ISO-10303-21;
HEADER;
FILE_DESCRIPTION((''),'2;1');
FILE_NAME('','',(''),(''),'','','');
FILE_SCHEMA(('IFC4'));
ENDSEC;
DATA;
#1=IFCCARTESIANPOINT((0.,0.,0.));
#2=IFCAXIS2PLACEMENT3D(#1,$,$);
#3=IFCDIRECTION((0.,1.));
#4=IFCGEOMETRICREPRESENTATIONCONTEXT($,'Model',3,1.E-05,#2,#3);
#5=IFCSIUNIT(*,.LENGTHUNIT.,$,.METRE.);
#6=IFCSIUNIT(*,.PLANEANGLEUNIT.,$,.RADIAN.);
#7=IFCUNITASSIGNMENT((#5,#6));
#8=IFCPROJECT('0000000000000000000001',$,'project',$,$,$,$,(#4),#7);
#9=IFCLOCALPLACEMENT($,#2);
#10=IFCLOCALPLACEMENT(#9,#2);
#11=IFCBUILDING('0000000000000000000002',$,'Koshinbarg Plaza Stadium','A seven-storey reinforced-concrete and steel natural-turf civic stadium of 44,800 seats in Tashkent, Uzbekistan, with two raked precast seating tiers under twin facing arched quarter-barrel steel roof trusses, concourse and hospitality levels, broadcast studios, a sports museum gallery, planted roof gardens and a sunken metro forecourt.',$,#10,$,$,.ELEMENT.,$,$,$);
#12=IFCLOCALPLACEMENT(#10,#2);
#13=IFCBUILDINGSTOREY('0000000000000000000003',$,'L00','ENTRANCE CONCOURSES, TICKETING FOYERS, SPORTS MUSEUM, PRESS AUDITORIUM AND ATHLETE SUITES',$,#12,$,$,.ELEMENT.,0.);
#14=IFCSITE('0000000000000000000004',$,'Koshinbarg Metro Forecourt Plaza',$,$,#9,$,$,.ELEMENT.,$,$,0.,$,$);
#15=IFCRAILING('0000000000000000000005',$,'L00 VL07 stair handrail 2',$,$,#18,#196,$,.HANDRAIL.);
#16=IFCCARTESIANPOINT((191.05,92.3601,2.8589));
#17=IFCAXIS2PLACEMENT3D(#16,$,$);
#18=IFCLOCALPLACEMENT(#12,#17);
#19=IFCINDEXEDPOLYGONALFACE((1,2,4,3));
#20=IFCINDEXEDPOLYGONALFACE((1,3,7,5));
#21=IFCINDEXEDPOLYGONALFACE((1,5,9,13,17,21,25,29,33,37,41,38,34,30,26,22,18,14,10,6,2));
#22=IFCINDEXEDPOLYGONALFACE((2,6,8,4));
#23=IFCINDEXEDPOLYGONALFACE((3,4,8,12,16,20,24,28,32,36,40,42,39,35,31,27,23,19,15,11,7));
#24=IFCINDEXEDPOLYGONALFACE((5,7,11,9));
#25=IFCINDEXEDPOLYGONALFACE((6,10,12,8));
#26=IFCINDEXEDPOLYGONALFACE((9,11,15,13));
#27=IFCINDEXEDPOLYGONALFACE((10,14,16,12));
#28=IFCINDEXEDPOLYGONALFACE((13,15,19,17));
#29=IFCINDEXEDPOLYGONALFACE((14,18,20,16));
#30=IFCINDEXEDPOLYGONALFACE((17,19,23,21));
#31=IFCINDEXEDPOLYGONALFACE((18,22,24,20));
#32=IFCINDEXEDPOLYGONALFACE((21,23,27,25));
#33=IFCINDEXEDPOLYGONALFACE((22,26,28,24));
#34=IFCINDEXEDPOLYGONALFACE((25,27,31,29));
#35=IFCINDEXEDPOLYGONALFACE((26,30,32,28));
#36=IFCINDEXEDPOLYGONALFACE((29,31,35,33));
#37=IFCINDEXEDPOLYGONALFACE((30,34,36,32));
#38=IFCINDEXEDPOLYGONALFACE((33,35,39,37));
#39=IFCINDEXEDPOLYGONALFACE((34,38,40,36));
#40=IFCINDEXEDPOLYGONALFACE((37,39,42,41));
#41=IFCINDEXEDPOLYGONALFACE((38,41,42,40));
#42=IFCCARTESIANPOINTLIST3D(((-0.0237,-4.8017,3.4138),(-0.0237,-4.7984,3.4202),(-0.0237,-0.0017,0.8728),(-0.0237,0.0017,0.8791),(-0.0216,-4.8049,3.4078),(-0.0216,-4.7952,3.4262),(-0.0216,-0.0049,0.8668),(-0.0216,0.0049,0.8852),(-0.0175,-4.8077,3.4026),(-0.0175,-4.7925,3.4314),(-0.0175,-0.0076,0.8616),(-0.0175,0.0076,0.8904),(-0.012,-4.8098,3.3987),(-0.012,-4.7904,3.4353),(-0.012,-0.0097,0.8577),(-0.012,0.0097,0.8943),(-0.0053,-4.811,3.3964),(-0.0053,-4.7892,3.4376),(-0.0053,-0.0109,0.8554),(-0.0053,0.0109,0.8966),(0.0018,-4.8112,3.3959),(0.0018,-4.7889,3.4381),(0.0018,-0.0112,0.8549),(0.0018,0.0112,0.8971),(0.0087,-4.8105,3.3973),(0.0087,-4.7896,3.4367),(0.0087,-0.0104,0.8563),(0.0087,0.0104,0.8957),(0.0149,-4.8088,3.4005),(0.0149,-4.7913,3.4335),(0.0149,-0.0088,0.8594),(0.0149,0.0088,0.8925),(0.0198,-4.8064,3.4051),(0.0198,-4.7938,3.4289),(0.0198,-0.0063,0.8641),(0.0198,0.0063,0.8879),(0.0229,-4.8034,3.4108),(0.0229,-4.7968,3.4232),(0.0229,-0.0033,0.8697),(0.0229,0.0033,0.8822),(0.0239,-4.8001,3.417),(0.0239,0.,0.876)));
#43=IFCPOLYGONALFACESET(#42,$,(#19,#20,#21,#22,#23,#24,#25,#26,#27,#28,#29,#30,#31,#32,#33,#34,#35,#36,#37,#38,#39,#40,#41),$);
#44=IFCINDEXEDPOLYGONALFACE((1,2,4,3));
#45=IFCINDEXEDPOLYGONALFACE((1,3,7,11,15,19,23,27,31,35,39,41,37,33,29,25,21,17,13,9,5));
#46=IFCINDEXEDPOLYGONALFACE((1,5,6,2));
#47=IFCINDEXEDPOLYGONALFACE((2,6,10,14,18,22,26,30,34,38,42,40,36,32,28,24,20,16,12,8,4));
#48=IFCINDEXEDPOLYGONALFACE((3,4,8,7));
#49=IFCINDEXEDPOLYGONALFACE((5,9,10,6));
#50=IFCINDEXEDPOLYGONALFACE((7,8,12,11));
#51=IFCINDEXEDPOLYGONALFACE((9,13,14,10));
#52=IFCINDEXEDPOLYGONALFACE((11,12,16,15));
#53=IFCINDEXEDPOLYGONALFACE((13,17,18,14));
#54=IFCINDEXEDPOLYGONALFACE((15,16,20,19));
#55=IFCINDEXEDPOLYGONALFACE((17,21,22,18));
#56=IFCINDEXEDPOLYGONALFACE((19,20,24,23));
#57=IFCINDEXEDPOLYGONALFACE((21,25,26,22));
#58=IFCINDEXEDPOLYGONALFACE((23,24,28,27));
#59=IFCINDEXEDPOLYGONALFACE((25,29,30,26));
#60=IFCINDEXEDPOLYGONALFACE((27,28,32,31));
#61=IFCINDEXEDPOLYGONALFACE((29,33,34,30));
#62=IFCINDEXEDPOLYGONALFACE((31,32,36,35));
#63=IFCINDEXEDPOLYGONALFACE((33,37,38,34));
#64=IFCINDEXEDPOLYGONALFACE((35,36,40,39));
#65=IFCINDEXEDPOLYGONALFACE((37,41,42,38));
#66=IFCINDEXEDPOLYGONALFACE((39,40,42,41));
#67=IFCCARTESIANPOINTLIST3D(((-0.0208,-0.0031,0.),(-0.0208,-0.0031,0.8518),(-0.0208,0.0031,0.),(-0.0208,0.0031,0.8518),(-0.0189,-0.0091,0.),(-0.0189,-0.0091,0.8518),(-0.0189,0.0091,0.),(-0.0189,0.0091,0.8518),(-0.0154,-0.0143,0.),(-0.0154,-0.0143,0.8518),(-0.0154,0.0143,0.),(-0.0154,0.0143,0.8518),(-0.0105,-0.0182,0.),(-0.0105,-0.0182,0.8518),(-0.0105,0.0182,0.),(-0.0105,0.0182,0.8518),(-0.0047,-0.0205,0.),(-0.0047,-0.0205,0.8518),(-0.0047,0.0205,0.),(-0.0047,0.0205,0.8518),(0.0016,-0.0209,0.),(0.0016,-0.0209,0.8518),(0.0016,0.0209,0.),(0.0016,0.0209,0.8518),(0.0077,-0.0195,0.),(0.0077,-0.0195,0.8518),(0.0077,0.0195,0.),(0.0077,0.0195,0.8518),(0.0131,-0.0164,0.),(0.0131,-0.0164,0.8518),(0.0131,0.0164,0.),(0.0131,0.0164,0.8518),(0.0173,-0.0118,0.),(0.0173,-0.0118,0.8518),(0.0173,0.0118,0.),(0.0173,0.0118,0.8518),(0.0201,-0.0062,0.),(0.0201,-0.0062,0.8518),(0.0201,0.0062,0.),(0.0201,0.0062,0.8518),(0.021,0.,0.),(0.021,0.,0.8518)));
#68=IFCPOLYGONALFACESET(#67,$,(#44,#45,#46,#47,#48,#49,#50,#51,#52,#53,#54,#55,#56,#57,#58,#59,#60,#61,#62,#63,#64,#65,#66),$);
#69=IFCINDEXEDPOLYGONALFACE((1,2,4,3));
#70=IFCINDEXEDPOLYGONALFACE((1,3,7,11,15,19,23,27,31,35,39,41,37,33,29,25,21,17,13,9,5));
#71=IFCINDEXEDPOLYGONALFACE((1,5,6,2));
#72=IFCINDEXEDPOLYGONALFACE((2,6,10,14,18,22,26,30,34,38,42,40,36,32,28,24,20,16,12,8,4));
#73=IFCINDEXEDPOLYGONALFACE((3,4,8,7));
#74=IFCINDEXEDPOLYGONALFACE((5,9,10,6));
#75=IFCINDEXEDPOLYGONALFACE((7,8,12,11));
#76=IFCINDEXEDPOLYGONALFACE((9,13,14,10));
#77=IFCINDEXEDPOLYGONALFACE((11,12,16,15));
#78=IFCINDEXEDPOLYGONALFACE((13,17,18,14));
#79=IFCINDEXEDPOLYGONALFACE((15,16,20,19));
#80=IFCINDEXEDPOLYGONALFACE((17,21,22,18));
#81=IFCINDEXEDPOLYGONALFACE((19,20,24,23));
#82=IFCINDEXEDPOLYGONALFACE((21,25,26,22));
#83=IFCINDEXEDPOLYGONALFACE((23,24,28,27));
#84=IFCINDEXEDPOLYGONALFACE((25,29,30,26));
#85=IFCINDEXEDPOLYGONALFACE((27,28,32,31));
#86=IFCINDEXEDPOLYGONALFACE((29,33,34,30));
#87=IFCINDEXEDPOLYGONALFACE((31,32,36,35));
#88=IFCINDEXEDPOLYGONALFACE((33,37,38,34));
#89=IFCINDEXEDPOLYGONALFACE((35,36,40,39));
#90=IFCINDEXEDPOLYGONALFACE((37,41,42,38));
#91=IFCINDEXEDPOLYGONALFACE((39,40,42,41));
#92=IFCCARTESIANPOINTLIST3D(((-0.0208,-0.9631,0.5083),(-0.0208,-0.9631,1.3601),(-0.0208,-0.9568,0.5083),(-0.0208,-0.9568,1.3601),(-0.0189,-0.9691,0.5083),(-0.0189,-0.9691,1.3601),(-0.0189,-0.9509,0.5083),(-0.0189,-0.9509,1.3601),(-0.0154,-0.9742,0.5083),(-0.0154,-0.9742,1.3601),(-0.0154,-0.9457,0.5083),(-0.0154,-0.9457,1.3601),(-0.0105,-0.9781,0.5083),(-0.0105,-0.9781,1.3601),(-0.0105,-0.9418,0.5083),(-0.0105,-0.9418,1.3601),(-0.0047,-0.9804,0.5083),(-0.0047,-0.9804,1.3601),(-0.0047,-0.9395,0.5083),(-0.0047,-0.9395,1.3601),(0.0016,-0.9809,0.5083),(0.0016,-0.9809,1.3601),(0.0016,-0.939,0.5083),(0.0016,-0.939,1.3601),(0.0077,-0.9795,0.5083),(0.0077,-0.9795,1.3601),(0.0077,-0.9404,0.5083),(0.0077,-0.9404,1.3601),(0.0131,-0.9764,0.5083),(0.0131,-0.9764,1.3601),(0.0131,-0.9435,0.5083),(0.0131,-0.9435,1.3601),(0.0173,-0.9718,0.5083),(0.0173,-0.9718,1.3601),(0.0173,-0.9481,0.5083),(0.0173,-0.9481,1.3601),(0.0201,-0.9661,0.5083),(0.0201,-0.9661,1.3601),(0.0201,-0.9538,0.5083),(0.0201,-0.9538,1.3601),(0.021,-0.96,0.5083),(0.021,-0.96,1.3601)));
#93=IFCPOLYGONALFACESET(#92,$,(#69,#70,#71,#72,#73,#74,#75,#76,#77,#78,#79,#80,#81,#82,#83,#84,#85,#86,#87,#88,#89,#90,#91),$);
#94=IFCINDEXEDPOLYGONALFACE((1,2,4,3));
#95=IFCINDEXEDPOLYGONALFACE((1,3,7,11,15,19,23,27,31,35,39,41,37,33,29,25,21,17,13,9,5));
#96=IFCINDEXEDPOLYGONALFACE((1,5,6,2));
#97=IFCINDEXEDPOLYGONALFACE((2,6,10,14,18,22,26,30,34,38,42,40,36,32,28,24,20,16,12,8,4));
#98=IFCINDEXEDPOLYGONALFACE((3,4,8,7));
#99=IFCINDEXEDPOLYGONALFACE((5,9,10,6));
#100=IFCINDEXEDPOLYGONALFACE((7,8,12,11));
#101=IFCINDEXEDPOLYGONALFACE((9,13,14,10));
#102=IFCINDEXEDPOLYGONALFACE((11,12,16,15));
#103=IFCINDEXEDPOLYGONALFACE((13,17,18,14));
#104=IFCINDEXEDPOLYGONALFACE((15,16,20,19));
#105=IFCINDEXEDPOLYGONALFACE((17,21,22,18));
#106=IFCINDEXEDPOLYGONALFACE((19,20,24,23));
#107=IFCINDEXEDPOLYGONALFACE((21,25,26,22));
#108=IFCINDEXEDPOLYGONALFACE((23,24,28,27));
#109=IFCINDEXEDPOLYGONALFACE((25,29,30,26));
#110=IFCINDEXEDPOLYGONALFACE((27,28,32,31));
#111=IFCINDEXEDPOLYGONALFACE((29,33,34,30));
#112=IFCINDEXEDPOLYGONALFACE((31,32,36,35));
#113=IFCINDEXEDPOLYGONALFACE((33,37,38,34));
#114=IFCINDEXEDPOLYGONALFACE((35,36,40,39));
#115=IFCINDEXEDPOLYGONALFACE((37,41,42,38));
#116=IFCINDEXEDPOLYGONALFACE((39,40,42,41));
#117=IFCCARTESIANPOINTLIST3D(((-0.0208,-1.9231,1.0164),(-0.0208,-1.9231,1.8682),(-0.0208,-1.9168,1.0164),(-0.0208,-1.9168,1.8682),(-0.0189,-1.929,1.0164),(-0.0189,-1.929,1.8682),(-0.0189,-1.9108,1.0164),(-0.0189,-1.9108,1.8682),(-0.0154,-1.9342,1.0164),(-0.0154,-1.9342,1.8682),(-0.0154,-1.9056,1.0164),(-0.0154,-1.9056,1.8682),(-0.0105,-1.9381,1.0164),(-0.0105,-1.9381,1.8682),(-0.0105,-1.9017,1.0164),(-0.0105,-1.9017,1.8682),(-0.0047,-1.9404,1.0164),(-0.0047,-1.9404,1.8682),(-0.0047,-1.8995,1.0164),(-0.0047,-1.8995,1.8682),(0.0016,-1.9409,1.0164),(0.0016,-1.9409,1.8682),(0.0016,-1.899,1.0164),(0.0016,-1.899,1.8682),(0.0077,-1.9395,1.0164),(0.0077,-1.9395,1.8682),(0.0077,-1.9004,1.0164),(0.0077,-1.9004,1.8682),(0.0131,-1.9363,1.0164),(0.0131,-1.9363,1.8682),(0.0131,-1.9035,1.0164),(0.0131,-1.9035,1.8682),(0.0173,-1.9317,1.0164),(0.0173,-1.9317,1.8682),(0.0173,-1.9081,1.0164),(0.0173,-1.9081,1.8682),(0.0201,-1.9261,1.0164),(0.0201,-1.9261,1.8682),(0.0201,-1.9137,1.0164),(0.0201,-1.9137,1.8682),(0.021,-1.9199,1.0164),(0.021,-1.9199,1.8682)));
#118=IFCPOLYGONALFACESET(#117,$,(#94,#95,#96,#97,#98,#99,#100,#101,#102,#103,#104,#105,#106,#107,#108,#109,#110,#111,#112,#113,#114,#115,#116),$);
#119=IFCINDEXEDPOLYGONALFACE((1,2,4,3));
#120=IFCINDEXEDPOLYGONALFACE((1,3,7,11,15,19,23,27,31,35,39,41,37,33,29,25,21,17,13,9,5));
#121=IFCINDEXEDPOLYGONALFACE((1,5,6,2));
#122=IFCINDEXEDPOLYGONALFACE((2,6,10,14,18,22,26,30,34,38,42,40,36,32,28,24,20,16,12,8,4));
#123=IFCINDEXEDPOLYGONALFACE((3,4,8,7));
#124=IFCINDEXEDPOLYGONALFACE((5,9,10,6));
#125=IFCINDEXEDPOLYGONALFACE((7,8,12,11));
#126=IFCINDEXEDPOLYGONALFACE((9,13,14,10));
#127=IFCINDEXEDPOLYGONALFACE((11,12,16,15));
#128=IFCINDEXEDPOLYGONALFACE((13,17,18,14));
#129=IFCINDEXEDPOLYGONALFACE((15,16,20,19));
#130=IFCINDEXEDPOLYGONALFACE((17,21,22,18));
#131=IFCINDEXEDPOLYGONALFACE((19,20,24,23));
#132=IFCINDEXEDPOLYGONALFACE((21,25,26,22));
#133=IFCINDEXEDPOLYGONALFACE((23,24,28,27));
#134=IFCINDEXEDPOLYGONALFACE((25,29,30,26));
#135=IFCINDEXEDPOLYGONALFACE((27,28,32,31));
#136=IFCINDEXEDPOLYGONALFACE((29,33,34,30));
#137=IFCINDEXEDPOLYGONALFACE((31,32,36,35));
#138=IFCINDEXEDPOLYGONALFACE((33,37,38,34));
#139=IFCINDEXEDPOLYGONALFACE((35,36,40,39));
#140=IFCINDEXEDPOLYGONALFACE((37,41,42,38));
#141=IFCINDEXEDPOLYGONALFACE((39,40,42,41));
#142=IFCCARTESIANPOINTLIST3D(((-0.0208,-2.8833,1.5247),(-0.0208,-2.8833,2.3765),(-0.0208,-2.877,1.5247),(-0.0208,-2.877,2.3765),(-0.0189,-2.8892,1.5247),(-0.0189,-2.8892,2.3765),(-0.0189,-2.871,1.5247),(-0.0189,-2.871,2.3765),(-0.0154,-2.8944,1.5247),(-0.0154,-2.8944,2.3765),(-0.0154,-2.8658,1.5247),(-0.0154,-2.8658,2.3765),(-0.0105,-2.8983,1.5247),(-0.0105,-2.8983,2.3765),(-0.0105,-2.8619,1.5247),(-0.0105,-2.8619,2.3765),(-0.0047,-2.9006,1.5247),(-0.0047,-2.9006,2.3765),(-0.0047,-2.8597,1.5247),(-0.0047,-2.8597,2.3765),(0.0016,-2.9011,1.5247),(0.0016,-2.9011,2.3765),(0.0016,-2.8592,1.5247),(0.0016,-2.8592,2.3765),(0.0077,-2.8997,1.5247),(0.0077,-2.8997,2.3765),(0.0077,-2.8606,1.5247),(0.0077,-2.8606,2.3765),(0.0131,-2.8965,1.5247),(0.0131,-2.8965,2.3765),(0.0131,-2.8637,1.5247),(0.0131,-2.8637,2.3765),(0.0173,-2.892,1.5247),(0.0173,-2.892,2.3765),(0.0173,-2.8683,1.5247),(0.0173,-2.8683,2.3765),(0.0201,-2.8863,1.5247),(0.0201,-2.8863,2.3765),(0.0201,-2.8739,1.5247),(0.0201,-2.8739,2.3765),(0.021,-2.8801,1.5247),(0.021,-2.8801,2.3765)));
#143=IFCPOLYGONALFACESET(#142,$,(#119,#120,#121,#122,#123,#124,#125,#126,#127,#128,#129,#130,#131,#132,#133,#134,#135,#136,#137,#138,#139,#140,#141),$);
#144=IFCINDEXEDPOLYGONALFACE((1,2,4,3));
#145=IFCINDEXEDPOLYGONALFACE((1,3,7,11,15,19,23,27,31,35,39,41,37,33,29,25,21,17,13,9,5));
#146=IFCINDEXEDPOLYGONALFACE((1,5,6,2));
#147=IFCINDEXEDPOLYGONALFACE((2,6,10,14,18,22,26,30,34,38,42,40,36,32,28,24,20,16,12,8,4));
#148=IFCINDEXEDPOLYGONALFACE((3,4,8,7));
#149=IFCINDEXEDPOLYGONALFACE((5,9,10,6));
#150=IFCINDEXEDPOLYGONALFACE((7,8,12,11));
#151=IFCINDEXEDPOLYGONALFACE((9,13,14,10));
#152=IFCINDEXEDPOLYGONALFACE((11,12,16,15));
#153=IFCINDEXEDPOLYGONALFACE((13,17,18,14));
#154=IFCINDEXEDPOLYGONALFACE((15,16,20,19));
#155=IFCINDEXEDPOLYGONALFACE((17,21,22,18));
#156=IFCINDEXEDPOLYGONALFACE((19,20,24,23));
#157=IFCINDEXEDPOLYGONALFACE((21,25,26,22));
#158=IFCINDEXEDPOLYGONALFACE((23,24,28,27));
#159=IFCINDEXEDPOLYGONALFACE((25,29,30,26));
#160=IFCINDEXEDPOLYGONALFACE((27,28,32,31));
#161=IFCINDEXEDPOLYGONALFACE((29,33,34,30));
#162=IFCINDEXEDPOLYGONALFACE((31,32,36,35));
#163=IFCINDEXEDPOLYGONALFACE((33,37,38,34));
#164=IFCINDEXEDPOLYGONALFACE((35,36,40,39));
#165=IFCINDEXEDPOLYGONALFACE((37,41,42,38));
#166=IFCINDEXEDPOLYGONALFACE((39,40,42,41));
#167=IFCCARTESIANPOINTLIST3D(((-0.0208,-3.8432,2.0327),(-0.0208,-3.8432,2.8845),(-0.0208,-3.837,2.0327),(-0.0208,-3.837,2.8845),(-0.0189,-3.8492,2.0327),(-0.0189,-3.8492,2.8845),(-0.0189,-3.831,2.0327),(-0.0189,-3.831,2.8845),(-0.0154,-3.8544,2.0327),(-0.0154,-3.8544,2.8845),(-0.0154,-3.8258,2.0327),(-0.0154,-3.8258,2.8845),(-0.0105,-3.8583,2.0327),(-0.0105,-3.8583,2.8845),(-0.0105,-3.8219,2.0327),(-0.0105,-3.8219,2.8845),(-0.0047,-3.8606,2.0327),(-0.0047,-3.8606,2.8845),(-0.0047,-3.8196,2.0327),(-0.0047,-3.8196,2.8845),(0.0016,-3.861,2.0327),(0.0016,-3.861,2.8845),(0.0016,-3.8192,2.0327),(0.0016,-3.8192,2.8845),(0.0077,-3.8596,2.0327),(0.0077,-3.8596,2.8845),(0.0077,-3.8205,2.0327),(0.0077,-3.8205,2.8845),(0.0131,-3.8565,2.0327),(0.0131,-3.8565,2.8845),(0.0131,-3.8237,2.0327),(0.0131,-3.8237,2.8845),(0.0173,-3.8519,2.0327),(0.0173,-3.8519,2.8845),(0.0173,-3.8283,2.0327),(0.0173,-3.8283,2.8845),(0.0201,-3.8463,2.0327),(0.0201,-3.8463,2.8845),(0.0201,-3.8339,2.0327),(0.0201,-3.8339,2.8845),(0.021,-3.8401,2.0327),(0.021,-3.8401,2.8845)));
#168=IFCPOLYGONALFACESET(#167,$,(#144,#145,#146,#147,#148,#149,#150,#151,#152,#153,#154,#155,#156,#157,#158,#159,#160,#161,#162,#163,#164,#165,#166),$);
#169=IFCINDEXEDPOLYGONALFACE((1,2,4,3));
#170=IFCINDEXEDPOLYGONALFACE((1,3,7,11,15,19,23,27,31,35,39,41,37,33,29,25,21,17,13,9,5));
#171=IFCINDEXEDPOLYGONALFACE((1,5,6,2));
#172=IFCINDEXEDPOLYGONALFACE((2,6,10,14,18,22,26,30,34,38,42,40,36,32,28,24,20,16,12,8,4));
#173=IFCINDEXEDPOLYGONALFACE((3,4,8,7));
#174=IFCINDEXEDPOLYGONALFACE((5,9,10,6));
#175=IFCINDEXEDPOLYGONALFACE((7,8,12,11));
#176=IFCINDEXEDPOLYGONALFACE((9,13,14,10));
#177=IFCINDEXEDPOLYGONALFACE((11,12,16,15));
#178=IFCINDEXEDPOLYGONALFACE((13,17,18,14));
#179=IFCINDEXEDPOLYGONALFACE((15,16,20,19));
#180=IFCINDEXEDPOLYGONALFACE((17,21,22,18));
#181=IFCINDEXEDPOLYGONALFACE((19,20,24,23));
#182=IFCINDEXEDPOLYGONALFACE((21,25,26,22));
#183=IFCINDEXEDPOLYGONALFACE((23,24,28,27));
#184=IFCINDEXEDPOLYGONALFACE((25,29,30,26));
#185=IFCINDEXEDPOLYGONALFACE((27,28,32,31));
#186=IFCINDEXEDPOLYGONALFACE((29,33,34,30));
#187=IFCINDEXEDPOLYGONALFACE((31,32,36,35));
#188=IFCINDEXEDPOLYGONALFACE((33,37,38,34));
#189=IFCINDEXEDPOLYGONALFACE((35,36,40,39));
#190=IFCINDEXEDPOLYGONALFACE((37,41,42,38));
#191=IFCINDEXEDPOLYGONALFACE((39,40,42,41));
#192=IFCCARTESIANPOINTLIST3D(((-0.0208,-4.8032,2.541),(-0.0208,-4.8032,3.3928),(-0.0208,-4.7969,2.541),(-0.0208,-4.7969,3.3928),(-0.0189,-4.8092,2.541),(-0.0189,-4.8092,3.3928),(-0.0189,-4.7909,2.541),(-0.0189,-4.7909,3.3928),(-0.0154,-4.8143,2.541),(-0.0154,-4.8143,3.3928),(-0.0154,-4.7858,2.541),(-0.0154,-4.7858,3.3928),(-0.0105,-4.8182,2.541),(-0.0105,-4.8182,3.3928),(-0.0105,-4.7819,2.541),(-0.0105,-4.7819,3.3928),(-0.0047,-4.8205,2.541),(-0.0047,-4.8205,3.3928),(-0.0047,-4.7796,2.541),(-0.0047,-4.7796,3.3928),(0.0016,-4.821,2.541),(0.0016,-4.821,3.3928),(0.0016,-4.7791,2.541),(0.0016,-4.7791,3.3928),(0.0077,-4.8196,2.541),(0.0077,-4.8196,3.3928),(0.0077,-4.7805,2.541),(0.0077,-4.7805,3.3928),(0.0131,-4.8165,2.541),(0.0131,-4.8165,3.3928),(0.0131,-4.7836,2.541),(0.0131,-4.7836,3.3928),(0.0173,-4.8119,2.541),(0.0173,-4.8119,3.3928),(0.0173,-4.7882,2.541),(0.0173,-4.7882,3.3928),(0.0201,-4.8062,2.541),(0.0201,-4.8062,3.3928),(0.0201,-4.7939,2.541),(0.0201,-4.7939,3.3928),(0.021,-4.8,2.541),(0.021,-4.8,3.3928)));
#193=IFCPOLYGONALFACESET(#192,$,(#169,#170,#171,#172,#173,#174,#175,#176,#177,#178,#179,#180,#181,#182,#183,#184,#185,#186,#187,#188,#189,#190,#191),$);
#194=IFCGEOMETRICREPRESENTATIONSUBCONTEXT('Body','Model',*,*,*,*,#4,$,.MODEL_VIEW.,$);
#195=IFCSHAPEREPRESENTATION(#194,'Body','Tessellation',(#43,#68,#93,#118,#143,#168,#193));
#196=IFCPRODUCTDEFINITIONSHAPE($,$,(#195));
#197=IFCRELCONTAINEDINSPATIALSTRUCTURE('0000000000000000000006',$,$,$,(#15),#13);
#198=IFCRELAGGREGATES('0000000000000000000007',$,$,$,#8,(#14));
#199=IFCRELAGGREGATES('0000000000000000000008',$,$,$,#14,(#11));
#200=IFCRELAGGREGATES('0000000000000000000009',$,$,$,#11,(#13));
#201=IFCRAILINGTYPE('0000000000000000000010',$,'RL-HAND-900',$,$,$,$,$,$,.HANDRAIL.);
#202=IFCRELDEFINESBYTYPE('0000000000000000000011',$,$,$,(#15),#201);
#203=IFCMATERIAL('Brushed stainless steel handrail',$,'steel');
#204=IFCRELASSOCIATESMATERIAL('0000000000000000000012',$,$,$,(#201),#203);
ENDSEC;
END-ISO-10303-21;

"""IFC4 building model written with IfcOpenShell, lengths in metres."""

from ifc_helpers import new_model, si_unit, direction, frame, origin, origin_2d, place, context, subcontext, project, spatial, circle, extrude, material, type_object, element, save


model = new_model("IFC4")

# Units and contexts
model_context = context("Model", 3, precision=1e-05, world=origin(), true_north=direction((0.0, 1.0)))
body_context = subcontext(model_context, "Body", "Model", "MODEL_VIEW")
ifc_project = project(units=[si_unit("LENGTHUNIT", "METRE"), si_unit("PLANEANGLEUNIT", "RADIAN")], contexts=[model_context])

# Site, building, storey
site_placement = place(None, origin())
site = spatial("IfcSite", under=ifc_project, at=site_placement, Name="Koshinbarg Metro Forecourt Plaza", CompositionType="ELEMENT", RefElevation=0.0)
building_placement = place(site_placement, origin())
building = spatial("IfcBuilding", under=site, at=building_placement, Name="Koshinbarg Plaza Stadium", Description="A seven-storey reinforced-concrete and steel natural-turf civic stadium of 44,800 seats in Tashkent, Uzbekistan, with two raked precast seating tiers under twin facing arched quarter-barrel steel roof trusses, concourse and hospitality levels, broadcast studios, a sports museum gallery, planted roof gardens and a sunken metro forecourt.", CompositionType="ELEMENT")
storey_placement = place(building_placement, origin())
storey = spatial("IfcBuildingStorey", under=building, at=storey_placement, Name="L00", Description="ENTRANCE CONCOURSES, TICKETING FOYERS, SPORTS MUSEUM, PRESS AUDITORIUM AND ATHLETE SUITES", CompositionType="ELEMENT", Elevation=0.0)

# Railing
ifc_material_1 = material(Name="Brushed stainless steel handrail", Category="steel")
railing_type = type_object("IfcRailingType", Name="RL-HAND-900", PredefinedType="HANDRAIL", material=ifc_material_1)
railing_placement = place(storey_placement, frame((191.05, 92.3601, 2.8589)))
element("IfcRailing", 1, at=railing_placement, inside=storey, type_object=railing_type, Name="L00 VL07 stair handrail 2", PredefinedType="HANDRAIL", context=body_context, shape_type="SweptSolid", body=[
    extrude(circle(Radius=0.0239, at=origin_2d()), frame((0.0, 0.0, 0.876), z_axis=(0.0, -0.883802, 0.467861), x_axis=(1.0, 0.0, 0.0)), (0.0, 0.0, 1.0), 5.4312),
    extrude(circle(Radius=0.021, at=origin_2d()), origin(), (0.0, 0.0, 1.0), 0.8518),
    extrude(circle(Radius=0.021, at=origin_2d()), frame((0.0, -0.96, 0.5083)), (0.0, 0.0, 1.0), 0.8518),
    extrude(circle(Radius=0.021, at=origin_2d()), frame((0.0, -1.9199, 1.0164)), (0.0, 0.0, 1.0), 0.8518),
    extrude(circle(Radius=0.021, at=origin_2d()), frame((0.0, -2.8801, 1.5247)), (0.0, 0.0, 1.0), 0.8518),
    extrude(circle(Radius=0.021, at=origin_2d()), frame((0.0, -3.8401, 2.0327)), (0.0, 0.0, 1.0), 0.8518),
    extrude(circle(Radius=0.021, at=origin_2d()), frame((0.0, -4.8, 2.541)), (0.0, 0.0, 1.0), 0.8518),
])

save(model, "model.ifc")
